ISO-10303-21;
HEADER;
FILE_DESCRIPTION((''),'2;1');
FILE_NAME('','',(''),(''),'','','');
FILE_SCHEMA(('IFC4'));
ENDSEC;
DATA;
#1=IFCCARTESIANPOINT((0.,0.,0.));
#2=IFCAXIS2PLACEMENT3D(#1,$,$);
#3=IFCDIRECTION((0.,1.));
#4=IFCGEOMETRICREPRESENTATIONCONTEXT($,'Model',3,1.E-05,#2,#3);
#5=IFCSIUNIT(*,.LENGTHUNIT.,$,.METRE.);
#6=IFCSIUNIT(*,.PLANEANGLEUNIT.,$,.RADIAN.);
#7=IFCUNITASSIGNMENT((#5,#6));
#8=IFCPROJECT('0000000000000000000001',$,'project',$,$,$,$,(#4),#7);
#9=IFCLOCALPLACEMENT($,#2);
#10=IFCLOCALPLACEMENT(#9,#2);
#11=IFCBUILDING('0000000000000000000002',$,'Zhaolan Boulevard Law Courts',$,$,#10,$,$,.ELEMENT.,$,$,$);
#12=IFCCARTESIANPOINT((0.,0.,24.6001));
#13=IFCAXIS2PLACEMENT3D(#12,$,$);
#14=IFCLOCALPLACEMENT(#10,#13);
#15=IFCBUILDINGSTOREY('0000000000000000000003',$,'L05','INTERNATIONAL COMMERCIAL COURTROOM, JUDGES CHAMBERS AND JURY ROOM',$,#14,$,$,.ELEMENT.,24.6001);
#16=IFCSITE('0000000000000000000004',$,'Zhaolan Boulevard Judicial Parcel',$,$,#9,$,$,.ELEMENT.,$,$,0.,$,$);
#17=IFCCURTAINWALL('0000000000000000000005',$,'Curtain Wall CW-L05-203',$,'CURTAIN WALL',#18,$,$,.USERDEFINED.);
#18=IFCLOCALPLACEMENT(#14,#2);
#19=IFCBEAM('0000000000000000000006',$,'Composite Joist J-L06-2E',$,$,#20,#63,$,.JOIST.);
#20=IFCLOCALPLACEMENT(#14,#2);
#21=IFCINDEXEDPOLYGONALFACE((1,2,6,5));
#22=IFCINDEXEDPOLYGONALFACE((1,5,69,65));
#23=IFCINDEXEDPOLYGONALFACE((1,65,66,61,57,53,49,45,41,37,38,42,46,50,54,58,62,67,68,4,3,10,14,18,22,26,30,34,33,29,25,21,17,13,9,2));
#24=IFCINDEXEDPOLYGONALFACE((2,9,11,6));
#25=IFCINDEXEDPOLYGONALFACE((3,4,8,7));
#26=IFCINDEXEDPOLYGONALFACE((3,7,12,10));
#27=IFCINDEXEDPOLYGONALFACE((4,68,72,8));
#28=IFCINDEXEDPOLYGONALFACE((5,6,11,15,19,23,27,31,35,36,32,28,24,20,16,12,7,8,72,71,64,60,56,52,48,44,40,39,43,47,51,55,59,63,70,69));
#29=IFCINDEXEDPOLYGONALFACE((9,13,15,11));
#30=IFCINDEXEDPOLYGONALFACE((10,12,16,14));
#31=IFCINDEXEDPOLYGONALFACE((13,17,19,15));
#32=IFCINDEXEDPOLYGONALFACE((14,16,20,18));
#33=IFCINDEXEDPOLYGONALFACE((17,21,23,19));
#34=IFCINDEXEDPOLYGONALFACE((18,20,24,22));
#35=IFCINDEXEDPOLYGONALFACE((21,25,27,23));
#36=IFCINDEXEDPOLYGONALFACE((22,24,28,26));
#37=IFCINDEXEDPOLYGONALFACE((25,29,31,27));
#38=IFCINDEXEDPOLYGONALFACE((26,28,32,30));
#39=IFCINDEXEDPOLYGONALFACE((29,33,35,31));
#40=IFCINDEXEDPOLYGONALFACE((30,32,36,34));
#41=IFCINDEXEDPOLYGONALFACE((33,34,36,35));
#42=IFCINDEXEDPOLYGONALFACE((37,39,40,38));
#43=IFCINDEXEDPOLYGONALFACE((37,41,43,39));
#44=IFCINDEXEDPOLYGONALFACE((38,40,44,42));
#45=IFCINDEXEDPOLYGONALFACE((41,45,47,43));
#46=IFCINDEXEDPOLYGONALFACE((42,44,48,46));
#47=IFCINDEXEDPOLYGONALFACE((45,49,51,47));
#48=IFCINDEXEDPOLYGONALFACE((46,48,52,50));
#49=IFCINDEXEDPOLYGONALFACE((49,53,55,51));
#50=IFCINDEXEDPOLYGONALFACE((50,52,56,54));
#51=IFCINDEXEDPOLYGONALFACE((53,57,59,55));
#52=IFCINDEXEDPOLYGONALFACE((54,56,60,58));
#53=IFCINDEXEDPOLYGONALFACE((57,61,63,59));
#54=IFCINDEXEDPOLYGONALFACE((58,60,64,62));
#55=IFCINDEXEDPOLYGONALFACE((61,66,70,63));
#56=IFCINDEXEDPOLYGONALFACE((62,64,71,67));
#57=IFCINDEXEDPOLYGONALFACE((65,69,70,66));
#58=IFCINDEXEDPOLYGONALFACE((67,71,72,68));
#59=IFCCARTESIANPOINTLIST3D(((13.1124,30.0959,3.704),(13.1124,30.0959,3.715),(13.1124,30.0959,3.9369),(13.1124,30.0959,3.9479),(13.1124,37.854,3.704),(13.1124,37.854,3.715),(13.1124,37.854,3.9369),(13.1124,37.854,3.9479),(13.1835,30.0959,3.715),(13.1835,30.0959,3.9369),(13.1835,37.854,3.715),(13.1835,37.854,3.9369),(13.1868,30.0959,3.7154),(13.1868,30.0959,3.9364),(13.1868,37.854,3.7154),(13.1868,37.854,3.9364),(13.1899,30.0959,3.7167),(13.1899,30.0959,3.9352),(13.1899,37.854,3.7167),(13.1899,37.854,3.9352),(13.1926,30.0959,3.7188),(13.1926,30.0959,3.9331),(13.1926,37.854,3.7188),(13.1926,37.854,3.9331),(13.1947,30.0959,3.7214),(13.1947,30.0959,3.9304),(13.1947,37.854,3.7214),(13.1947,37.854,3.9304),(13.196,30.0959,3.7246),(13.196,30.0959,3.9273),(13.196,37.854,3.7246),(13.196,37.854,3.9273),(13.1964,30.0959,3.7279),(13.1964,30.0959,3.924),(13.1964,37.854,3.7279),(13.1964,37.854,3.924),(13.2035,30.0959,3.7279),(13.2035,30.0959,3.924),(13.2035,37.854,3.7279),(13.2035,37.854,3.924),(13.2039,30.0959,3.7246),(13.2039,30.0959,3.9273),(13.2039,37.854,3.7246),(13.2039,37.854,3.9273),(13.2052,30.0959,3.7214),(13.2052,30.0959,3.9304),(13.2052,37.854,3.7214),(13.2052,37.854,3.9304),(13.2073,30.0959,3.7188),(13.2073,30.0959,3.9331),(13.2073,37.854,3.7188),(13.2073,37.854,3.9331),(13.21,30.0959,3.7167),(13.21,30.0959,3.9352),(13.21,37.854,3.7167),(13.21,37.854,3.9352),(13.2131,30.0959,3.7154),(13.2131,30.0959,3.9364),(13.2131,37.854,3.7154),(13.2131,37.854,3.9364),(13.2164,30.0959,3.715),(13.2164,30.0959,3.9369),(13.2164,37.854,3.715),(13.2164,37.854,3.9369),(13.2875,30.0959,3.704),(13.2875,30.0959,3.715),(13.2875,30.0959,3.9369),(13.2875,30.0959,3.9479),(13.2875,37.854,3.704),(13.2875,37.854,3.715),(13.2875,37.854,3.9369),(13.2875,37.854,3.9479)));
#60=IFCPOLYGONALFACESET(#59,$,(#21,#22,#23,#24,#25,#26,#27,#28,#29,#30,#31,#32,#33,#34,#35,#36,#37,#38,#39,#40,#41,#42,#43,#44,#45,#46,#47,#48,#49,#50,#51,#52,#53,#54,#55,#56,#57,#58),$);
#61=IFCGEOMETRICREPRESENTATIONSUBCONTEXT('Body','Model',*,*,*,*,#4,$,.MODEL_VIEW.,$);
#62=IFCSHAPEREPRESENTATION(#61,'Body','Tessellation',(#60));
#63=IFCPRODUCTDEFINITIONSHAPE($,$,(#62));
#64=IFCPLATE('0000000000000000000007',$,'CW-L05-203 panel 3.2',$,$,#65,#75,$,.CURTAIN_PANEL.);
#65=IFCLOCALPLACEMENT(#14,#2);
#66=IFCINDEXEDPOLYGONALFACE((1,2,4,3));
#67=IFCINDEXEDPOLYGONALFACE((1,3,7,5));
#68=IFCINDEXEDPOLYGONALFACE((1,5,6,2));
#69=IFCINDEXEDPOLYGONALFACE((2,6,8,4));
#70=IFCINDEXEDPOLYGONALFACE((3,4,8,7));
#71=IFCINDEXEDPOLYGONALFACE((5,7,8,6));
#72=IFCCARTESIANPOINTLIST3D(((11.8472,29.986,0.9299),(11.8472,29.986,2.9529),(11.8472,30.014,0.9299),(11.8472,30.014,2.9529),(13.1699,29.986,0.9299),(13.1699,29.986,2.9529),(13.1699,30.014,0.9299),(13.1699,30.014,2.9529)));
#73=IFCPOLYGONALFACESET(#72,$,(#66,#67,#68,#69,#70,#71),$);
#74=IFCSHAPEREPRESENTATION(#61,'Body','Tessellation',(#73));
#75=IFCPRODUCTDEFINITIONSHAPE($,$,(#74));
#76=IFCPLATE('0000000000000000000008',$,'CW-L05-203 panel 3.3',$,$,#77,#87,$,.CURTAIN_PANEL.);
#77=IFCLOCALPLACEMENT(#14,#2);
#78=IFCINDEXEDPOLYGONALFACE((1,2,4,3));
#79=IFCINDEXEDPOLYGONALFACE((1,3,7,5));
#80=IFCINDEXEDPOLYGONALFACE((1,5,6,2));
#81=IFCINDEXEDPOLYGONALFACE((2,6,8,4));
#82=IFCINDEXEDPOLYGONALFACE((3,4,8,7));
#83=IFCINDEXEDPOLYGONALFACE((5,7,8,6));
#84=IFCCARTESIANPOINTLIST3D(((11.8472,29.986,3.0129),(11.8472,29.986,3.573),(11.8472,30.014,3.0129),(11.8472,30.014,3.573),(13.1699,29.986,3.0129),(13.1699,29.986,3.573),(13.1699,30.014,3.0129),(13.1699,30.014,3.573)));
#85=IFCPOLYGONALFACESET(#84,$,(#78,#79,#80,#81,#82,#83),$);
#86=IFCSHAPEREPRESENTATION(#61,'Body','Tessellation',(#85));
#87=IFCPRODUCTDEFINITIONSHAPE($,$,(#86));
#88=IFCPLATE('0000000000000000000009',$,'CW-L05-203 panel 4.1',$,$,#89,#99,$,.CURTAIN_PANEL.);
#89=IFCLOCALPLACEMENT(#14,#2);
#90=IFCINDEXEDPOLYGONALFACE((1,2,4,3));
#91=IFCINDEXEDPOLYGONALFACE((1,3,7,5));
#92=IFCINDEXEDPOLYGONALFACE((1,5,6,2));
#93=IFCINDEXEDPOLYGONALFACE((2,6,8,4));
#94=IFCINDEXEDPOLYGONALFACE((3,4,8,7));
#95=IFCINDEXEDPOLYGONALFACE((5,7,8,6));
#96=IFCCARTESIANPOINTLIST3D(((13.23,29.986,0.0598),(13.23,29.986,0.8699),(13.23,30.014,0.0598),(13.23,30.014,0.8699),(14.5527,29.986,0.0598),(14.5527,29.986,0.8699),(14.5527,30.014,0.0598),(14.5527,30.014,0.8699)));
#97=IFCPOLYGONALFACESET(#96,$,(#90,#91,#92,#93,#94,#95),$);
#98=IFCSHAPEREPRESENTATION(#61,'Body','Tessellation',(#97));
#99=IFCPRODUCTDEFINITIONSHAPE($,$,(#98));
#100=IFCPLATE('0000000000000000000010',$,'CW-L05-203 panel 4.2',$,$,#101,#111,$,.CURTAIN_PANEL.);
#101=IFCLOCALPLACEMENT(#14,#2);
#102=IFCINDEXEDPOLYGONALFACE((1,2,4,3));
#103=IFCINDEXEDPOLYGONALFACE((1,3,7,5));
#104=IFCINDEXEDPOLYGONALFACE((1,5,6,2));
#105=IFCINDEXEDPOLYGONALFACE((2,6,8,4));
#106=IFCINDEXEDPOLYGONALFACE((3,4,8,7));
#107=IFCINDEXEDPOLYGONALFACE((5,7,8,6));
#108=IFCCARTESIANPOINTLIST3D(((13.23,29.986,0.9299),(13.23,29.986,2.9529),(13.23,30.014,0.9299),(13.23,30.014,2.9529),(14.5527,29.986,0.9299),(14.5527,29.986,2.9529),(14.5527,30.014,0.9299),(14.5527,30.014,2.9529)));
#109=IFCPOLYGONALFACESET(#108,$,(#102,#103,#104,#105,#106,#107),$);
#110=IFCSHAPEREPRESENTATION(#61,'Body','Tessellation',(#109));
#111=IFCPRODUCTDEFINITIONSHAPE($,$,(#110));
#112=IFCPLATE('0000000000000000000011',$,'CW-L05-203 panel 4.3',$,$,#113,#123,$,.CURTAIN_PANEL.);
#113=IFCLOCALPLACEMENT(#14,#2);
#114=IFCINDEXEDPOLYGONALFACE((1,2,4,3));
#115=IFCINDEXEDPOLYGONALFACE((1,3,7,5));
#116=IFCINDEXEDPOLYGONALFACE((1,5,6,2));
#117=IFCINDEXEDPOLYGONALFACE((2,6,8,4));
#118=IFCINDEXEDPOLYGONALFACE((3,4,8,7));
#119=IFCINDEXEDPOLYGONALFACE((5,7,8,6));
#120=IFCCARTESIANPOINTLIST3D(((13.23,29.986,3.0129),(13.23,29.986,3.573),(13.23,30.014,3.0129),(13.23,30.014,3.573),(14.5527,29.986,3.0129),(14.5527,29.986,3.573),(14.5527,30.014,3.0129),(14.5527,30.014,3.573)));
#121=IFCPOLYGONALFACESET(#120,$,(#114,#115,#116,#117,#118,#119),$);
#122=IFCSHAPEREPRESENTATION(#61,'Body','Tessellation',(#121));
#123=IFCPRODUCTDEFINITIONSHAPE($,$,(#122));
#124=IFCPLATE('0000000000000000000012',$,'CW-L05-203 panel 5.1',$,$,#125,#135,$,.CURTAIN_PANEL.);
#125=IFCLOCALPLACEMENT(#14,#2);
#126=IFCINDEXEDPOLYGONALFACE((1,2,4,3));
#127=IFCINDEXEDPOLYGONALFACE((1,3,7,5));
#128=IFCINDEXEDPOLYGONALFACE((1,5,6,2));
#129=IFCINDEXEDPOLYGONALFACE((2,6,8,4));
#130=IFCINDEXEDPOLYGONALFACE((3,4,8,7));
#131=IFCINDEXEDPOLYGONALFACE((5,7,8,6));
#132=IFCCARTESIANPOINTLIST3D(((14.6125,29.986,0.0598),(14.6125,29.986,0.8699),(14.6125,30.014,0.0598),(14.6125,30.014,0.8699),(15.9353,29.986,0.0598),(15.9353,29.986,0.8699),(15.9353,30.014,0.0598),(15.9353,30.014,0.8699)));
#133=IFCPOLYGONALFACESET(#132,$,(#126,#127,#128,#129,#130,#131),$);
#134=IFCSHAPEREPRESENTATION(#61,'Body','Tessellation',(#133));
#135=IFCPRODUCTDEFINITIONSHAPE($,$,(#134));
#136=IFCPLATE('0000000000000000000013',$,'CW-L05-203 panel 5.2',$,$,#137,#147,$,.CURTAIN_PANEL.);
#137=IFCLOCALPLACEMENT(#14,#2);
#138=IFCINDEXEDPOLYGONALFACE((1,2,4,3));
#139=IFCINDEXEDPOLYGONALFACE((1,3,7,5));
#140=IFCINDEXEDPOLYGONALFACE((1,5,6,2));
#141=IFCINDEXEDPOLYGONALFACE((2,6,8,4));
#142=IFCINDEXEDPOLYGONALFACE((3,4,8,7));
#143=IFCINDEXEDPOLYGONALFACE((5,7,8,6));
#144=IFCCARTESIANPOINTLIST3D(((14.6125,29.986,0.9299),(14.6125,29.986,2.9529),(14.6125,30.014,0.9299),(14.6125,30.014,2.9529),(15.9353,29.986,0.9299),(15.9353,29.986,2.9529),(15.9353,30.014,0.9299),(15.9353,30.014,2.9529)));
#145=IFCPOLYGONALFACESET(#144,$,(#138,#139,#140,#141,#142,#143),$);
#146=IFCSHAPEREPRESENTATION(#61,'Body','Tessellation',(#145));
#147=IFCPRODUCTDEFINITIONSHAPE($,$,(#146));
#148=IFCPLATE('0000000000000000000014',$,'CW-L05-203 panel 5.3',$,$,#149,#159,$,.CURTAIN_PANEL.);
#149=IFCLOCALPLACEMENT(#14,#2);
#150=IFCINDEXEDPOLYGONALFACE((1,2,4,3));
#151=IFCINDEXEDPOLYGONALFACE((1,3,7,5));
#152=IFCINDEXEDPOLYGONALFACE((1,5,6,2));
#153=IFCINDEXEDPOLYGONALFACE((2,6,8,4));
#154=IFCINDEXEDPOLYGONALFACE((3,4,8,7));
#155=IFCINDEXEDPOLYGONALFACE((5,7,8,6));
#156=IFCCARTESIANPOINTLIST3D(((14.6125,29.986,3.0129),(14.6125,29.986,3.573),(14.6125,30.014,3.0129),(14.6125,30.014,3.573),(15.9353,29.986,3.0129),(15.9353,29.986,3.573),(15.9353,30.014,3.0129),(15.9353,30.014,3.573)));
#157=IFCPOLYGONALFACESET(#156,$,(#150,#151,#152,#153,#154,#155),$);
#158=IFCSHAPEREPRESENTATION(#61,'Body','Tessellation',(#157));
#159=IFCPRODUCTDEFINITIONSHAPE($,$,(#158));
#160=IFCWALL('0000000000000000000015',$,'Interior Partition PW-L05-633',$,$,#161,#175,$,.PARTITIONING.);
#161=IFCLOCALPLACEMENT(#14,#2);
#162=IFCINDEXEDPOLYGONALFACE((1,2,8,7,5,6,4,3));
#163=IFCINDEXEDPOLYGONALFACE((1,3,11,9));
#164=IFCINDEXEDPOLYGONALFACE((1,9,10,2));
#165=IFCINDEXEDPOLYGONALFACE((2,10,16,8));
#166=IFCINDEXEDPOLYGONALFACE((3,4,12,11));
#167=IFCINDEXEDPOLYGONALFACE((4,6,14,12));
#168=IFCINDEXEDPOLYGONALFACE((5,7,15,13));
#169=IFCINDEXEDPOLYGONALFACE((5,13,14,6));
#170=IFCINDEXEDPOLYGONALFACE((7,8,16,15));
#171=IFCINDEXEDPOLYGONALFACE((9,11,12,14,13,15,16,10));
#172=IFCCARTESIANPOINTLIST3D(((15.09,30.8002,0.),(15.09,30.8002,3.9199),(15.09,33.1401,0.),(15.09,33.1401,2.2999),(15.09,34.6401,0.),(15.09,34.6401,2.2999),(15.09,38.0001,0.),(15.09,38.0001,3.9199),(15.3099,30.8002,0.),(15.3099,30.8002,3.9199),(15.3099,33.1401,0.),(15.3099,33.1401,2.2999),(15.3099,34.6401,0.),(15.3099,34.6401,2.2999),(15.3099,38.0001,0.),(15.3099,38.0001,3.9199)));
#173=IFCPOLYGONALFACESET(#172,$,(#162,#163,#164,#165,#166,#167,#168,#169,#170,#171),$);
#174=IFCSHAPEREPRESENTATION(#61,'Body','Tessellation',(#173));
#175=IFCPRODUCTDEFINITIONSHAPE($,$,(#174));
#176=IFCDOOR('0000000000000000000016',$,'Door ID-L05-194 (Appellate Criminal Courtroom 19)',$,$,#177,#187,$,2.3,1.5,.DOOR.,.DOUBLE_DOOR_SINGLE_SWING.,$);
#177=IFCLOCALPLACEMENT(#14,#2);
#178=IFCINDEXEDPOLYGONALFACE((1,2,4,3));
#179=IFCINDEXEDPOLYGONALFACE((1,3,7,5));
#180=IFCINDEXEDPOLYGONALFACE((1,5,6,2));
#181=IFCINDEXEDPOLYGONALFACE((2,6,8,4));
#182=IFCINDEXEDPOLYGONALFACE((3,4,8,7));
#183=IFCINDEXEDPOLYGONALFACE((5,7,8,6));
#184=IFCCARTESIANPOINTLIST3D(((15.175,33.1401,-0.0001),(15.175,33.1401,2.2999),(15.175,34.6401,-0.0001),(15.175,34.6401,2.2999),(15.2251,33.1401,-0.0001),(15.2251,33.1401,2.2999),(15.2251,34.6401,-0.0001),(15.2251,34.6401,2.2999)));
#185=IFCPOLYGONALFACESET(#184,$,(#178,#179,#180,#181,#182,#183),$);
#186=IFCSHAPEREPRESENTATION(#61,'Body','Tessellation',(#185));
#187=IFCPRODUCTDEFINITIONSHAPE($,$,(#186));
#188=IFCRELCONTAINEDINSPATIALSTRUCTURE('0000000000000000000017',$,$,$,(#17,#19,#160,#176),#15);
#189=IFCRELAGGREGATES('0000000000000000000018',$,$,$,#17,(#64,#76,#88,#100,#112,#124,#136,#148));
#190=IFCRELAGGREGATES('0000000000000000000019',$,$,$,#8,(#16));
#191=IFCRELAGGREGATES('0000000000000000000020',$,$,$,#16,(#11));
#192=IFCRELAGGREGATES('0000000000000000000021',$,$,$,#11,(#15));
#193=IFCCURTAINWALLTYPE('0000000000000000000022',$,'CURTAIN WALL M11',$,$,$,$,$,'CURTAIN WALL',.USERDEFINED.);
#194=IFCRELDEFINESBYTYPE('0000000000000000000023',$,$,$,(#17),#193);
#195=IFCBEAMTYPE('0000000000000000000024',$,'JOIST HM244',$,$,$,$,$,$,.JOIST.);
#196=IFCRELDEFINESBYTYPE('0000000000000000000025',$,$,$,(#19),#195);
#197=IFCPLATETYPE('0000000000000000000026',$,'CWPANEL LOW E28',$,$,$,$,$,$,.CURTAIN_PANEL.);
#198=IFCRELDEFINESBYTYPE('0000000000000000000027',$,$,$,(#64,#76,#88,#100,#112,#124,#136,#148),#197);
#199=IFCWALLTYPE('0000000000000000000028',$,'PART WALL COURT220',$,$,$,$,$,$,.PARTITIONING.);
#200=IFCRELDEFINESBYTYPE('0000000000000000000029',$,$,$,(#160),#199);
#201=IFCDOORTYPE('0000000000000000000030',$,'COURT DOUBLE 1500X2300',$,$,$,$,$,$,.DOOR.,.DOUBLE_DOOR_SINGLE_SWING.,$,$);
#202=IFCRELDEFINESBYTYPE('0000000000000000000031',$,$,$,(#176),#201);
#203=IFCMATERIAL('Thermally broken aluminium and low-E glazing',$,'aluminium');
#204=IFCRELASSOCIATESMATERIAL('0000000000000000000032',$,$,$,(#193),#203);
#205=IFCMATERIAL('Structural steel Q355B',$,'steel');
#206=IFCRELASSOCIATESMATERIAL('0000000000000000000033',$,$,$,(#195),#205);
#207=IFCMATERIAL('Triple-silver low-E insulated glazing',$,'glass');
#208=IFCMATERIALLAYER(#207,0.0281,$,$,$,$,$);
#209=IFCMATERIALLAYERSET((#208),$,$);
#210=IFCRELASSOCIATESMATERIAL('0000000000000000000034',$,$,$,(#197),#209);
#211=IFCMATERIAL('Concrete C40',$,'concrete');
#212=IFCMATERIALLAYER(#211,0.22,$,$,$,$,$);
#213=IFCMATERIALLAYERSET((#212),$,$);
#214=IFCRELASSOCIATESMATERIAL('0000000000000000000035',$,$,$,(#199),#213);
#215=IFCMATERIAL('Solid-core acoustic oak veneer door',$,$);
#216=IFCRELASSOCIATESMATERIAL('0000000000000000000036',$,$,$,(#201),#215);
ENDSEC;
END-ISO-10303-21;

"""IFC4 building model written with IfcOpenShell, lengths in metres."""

from ifc_helpers import new_model, si_unit, direction, frame, frame_2d, origin, origin_2d, place, context, subcontext, project, spatial, rectangle, i_section, extrude, material, layer, layer_set, material_profile, profile_set, type_object, element, fill, aggregate, save


model = new_model("IFC4")

# Units and contexts
model_context = context("Model", 3, precision=1e-05, world=origin(), true_north=direction((0.0, 1.0)))
body_context = subcontext(model_context, "Body", "Model", "MODEL_VIEW")
ifc_project = project(units=[si_unit("LENGTHUNIT", "METRE"), si_unit("PLANEANGLEUNIT", "RADIAN")], contexts=[model_context])

# Site, building, storey
site_placement = place(None, origin())
site = spatial("IfcSite", under=ifc_project, at=site_placement, Name="Zhaolan Boulevard Judicial Parcel", CompositionType="ELEMENT", RefElevation=0.0)
building_placement = place(site_placement, origin())
building = spatial("IfcBuilding", under=site, at=building_placement, Name="Zhaolan Boulevard Law Courts", CompositionType="ELEMENT")
storey_placement = place(building_placement, frame((0.0, 0.0, 24.6001)))
storey = spatial("IfcBuildingStorey", under=building, at=storey_placement, Name="L05", Description="INTERNATIONAL COMMERCIAL COURTROOM, JUDGES CHAMBERS AND JURY ROOM", CompositionType="ELEMENT", Elevation=24.6001)

# Curtain wall
ifc_material_1 = material(Name="Thermally broken aluminium and low-E glazing", Category="aluminium")
curtain_wall_type = type_object("IfcCurtainWallType", Name="CURTAIN WALL M11", ElementType="CURTAIN WALL", PredefinedType="USERDEFINED", material=ifc_material_1)
curtain_wall_placement = place(storey_placement, origin())
curtain_wall = element("IfcCurtainWall", 1, at=curtain_wall_placement, inside=storey, type_object=curtain_wall_type, Name="Curtain Wall CW-L05-203", ObjectType="CURTAIN WALL", PredefinedType="USERDEFINED")

# Beam
ifc_material_2 = material(Name="Structural steel Q355B", Category="steel")
ifc_material_profile_1 = material_profile(ifc_material_2, i_section(OverallWidth=0.175, OverallDepth=0.2439, WebThickness=0.0071, FlangeThickness=0.011, FilletRadius=0.0129, at=origin_2d()), Name="HM244x175")
ifc_profile_set_1 = profile_set([ifc_material_profile_1], Name="Structural steel Q355B")
beam_type = type_object("IfcBeamType", Name="JOIST HM244", PredefinedType="JOIST", material=ifc_profile_set_1)
beam_placement = place(storey_placement, frame((13.2, 30.0959, 3.8259), z_axis=(0.0, 1.0, 0.0), x_axis=(-1.0, 0.0, 0.0)))
element("IfcBeam", 2, at=beam_placement, inside=storey, type_object=beam_type, Name="Composite Joist J-L06-2E", PredefinedType="JOIST", context=body_context, shape_type="SweptSolid", body=[
    extrude(i_section(OverallWidth=0.175, OverallDepth=0.2439, WebThickness=0.0071, FlangeThickness=0.011, FilletRadius=0.0129, at=origin_2d()), origin(), (0.0, 0.0, 1.0), 7.7581),
])

# Plates
ifc_material_3 = material(Name="Triple-silver low-E insulated glazing", Category="glass")
ifc_layer_1 = layer(ifc_material_3, 0.0281)
ifc_layer_set_1 = layer_set([ifc_layer_1])
plate_type = type_object("IfcPlateType", Name="CWPANEL LOW E28", PredefinedType="CURTAIN_PANEL", material=ifc_layer_set_1)
plate_1_placement = place(storey_placement, frame((12.5085, 30.0, 0.9299), z_axis=(0.0, 0.0, 1.0), x_axis=(1.0, 0.0, 0.0)))
plate_1 = element("IfcPlate", 3, at=plate_1_placement, type_object=plate_type, Name="CW-L05-203 panel 3.2", PredefinedType="CURTAIN_PANEL", context=body_context, shape_type="SweptSolid", body=[
    extrude(rectangle(XDim=1.3228, YDim=0.0281, at=origin_2d()), origin(), (0.0, 0.0, 1.0), 2.0229),
])
plate_2_placement = place(storey_placement, frame((12.5085, 30.0, 3.0129), z_axis=(0.0, 0.0, 1.0), x_axis=(1.0, 0.0, 0.0)))
plate_2 = element("IfcPlate", 4, at=plate_2_placement, type_object=plate_type, Name="CW-L05-203 panel 3.3", PredefinedType="CURTAIN_PANEL", context=body_context, shape_type="SweptSolid", body=[
    extrude(rectangle(XDim=1.3228, YDim=0.0281, at=origin_2d()), origin(), (0.0, 0.0, 1.0), 0.5601),
])
plate_3_placement = place(storey_placement, frame((13.8914, 30.0, 0.0598), z_axis=(0.0, 0.0, 1.0), x_axis=(1.0, 0.0, 0.0)))
plate_3 = element("IfcPlate", 5, at=plate_3_placement, type_object=plate_type, Name="CW-L05-203 panel 4.1", PredefinedType="CURTAIN_PANEL", context=body_context, shape_type="SweptSolid", body=[
    extrude(rectangle(XDim=1.3228, YDim=0.0281, at=origin_2d()), origin(), (0.0, 0.0, 1.0), 0.8101),
])
plate_4_placement = place(storey_placement, frame((13.8914, 30.0, 0.9299), z_axis=(0.0, 0.0, 1.0), x_axis=(1.0, 0.0, 0.0)))
plate_4 = element("IfcPlate", 6, at=plate_4_placement, type_object=plate_type, Name="CW-L05-203 panel 4.2", PredefinedType="CURTAIN_PANEL", context=body_context, shape_type="SweptSolid", body=[
    extrude(rectangle(XDim=1.3228, YDim=0.0281, at=origin_2d()), origin(), (0.0, 0.0, 1.0), 2.0229),
])
plate_5_placement = place(storey_placement, frame((13.8914, 30.0, 3.0129), z_axis=(0.0, 0.0, 1.0), x_axis=(1.0, 0.0, 0.0)))
plate_5 = element("IfcPlate", 7, at=plate_5_placement, type_object=plate_type, Name="CW-L05-203 panel 4.3", PredefinedType="CURTAIN_PANEL", context=body_context, shape_type="SweptSolid", body=[
    extrude(rectangle(XDim=1.3228, YDim=0.0281, at=origin_2d()), origin(), (0.0, 0.0, 1.0), 0.5601),
])
plate_6_placement = place(storey_placement, frame((15.2739, 30.0, 0.0598), z_axis=(0.0, 0.0, 1.0), x_axis=(1.0, 0.0, 0.0)))
plate_6 = element("IfcPlate", 8, at=plate_6_placement, type_object=plate_type, Name="CW-L05-203 panel 5.1", PredefinedType="CURTAIN_PANEL", context=body_context, shape_type="SweptSolid", body=[
    extrude(rectangle(XDim=1.3228, YDim=0.0281, at=origin_2d()), origin(), (0.0, 0.0, 1.0), 0.8101),
])
plate_7_placement = place(storey_placement, frame((15.2739, 30.0, 0.9299), z_axis=(0.0, 0.0, 1.0), x_axis=(1.0, 0.0, 0.0)))
plate_7 = element("IfcPlate", 9, at=plate_7_placement, type_object=plate_type, Name="CW-L05-203 panel 5.2", PredefinedType="CURTAIN_PANEL", context=body_context, shape_type="SweptSolid", body=[
    extrude(rectangle(XDim=1.3228, YDim=0.0281, at=origin_2d()), origin(), (0.0, 0.0, 1.0), 2.0229),
])
plate_8_placement = place(storey_placement, frame((15.2739, 30.0, 3.0129), z_axis=(0.0, 0.0, 1.0), x_axis=(1.0, 0.0, 0.0)))
plate_8 = element("IfcPlate", 10, at=plate_8_placement, type_object=plate_type, Name="CW-L05-203 panel 5.3", PredefinedType="CURTAIN_PANEL", context=body_context, shape_type="SweptSolid", body=[
    extrude(rectangle(XDim=1.3228, YDim=0.0281, at=origin_2d()), origin(), (0.0, 0.0, 1.0), 0.5601),
])
aggregate(curtain_wall, [plate_1, plate_2, plate_3, plate_4, plate_5, plate_6, plate_7, plate_8])

# Wall, opening, door
ifc_material_4 = material(Name="Concrete C40", Category="concrete")
ifc_layer_2 = layer(ifc_material_4, 0.22)
ifc_layer_set_2 = layer_set([ifc_layer_2])
wall_type = type_object("IfcWallType", Name="PART WALL COURT220", PredefinedType="PARTITIONING", material=ifc_layer_set_2)
wall_placement = place(storey_placement, frame((15.2, 30.8, 0.0), z_axis=(0.0, 0.0, 1.0), x_axis=(0.0, 1.0, 0.0)))
wall = element("IfcWall", 11, at=wall_placement, inside=storey, type_object=wall_type, Name="Interior Partition PW-L05-633", PredefinedType="PARTITIONING", context=body_context, shape_type="SweptSolid", body=[
    extrude(rectangle(XDim=7.2, YDim=0.22, at=frame_2d((3.6001, 0.0))), origin(), (0.0, 0.0, 1.0), 3.9199),
])
opening_placement = place(wall_placement, frame((2.3401, 0.0, 0.0)))
opening = element("IfcOpeningElement", 12, at=opening_placement, cuts=wall, PredefinedType="OPENING", context=body_context, shape_type="SweptSolid", body=[
    extrude(rectangle(XDim=1.5, YDim=2.3, at=frame_2d((0.75, 1.1499))), frame((0.0, 0.1199, 0.0), z_axis=(0.0, -1.0, 0.0), x_axis=(1.0, 0.0, 0.0)), (0.0, 0.0, 1.0), 0.24),
])
ifc_material_5 = material(Name="Solid-core acoustic oak veneer door")
door_type = type_object("IfcDoorType", Name="COURT DOUBLE 1500X2300", OperationType="DOUBLE_DOOR_SINGLE_SWING", PredefinedType="DOOR", material=ifc_material_5)
door_placement = place(opening_placement, origin())
door = element("IfcDoor", 13, at=door_placement, inside=storey, type_object=door_type, Name="Door ID-L05-194 (Appellate Criminal Courtroom 19)", OperationType="DOUBLE_DOOR_SINGLE_SWING", OverallHeight=2.3, OverallWidth=1.5, PredefinedType="DOOR", context=body_context, shape_type="SweptSolid", body=[
    extrude(rectangle(XDim=1.5, YDim=2.3, at=frame_2d((0.75, 1.1499))), frame((0.0, 0.0249, 0.0), z_axis=(0.0, -1.0, 0.0), x_axis=(1.0, 0.0, 0.0)), (0.0, 0.0, 1.0), 0.05),
])
fill(opening, door)

save(model, "model.ifc")
